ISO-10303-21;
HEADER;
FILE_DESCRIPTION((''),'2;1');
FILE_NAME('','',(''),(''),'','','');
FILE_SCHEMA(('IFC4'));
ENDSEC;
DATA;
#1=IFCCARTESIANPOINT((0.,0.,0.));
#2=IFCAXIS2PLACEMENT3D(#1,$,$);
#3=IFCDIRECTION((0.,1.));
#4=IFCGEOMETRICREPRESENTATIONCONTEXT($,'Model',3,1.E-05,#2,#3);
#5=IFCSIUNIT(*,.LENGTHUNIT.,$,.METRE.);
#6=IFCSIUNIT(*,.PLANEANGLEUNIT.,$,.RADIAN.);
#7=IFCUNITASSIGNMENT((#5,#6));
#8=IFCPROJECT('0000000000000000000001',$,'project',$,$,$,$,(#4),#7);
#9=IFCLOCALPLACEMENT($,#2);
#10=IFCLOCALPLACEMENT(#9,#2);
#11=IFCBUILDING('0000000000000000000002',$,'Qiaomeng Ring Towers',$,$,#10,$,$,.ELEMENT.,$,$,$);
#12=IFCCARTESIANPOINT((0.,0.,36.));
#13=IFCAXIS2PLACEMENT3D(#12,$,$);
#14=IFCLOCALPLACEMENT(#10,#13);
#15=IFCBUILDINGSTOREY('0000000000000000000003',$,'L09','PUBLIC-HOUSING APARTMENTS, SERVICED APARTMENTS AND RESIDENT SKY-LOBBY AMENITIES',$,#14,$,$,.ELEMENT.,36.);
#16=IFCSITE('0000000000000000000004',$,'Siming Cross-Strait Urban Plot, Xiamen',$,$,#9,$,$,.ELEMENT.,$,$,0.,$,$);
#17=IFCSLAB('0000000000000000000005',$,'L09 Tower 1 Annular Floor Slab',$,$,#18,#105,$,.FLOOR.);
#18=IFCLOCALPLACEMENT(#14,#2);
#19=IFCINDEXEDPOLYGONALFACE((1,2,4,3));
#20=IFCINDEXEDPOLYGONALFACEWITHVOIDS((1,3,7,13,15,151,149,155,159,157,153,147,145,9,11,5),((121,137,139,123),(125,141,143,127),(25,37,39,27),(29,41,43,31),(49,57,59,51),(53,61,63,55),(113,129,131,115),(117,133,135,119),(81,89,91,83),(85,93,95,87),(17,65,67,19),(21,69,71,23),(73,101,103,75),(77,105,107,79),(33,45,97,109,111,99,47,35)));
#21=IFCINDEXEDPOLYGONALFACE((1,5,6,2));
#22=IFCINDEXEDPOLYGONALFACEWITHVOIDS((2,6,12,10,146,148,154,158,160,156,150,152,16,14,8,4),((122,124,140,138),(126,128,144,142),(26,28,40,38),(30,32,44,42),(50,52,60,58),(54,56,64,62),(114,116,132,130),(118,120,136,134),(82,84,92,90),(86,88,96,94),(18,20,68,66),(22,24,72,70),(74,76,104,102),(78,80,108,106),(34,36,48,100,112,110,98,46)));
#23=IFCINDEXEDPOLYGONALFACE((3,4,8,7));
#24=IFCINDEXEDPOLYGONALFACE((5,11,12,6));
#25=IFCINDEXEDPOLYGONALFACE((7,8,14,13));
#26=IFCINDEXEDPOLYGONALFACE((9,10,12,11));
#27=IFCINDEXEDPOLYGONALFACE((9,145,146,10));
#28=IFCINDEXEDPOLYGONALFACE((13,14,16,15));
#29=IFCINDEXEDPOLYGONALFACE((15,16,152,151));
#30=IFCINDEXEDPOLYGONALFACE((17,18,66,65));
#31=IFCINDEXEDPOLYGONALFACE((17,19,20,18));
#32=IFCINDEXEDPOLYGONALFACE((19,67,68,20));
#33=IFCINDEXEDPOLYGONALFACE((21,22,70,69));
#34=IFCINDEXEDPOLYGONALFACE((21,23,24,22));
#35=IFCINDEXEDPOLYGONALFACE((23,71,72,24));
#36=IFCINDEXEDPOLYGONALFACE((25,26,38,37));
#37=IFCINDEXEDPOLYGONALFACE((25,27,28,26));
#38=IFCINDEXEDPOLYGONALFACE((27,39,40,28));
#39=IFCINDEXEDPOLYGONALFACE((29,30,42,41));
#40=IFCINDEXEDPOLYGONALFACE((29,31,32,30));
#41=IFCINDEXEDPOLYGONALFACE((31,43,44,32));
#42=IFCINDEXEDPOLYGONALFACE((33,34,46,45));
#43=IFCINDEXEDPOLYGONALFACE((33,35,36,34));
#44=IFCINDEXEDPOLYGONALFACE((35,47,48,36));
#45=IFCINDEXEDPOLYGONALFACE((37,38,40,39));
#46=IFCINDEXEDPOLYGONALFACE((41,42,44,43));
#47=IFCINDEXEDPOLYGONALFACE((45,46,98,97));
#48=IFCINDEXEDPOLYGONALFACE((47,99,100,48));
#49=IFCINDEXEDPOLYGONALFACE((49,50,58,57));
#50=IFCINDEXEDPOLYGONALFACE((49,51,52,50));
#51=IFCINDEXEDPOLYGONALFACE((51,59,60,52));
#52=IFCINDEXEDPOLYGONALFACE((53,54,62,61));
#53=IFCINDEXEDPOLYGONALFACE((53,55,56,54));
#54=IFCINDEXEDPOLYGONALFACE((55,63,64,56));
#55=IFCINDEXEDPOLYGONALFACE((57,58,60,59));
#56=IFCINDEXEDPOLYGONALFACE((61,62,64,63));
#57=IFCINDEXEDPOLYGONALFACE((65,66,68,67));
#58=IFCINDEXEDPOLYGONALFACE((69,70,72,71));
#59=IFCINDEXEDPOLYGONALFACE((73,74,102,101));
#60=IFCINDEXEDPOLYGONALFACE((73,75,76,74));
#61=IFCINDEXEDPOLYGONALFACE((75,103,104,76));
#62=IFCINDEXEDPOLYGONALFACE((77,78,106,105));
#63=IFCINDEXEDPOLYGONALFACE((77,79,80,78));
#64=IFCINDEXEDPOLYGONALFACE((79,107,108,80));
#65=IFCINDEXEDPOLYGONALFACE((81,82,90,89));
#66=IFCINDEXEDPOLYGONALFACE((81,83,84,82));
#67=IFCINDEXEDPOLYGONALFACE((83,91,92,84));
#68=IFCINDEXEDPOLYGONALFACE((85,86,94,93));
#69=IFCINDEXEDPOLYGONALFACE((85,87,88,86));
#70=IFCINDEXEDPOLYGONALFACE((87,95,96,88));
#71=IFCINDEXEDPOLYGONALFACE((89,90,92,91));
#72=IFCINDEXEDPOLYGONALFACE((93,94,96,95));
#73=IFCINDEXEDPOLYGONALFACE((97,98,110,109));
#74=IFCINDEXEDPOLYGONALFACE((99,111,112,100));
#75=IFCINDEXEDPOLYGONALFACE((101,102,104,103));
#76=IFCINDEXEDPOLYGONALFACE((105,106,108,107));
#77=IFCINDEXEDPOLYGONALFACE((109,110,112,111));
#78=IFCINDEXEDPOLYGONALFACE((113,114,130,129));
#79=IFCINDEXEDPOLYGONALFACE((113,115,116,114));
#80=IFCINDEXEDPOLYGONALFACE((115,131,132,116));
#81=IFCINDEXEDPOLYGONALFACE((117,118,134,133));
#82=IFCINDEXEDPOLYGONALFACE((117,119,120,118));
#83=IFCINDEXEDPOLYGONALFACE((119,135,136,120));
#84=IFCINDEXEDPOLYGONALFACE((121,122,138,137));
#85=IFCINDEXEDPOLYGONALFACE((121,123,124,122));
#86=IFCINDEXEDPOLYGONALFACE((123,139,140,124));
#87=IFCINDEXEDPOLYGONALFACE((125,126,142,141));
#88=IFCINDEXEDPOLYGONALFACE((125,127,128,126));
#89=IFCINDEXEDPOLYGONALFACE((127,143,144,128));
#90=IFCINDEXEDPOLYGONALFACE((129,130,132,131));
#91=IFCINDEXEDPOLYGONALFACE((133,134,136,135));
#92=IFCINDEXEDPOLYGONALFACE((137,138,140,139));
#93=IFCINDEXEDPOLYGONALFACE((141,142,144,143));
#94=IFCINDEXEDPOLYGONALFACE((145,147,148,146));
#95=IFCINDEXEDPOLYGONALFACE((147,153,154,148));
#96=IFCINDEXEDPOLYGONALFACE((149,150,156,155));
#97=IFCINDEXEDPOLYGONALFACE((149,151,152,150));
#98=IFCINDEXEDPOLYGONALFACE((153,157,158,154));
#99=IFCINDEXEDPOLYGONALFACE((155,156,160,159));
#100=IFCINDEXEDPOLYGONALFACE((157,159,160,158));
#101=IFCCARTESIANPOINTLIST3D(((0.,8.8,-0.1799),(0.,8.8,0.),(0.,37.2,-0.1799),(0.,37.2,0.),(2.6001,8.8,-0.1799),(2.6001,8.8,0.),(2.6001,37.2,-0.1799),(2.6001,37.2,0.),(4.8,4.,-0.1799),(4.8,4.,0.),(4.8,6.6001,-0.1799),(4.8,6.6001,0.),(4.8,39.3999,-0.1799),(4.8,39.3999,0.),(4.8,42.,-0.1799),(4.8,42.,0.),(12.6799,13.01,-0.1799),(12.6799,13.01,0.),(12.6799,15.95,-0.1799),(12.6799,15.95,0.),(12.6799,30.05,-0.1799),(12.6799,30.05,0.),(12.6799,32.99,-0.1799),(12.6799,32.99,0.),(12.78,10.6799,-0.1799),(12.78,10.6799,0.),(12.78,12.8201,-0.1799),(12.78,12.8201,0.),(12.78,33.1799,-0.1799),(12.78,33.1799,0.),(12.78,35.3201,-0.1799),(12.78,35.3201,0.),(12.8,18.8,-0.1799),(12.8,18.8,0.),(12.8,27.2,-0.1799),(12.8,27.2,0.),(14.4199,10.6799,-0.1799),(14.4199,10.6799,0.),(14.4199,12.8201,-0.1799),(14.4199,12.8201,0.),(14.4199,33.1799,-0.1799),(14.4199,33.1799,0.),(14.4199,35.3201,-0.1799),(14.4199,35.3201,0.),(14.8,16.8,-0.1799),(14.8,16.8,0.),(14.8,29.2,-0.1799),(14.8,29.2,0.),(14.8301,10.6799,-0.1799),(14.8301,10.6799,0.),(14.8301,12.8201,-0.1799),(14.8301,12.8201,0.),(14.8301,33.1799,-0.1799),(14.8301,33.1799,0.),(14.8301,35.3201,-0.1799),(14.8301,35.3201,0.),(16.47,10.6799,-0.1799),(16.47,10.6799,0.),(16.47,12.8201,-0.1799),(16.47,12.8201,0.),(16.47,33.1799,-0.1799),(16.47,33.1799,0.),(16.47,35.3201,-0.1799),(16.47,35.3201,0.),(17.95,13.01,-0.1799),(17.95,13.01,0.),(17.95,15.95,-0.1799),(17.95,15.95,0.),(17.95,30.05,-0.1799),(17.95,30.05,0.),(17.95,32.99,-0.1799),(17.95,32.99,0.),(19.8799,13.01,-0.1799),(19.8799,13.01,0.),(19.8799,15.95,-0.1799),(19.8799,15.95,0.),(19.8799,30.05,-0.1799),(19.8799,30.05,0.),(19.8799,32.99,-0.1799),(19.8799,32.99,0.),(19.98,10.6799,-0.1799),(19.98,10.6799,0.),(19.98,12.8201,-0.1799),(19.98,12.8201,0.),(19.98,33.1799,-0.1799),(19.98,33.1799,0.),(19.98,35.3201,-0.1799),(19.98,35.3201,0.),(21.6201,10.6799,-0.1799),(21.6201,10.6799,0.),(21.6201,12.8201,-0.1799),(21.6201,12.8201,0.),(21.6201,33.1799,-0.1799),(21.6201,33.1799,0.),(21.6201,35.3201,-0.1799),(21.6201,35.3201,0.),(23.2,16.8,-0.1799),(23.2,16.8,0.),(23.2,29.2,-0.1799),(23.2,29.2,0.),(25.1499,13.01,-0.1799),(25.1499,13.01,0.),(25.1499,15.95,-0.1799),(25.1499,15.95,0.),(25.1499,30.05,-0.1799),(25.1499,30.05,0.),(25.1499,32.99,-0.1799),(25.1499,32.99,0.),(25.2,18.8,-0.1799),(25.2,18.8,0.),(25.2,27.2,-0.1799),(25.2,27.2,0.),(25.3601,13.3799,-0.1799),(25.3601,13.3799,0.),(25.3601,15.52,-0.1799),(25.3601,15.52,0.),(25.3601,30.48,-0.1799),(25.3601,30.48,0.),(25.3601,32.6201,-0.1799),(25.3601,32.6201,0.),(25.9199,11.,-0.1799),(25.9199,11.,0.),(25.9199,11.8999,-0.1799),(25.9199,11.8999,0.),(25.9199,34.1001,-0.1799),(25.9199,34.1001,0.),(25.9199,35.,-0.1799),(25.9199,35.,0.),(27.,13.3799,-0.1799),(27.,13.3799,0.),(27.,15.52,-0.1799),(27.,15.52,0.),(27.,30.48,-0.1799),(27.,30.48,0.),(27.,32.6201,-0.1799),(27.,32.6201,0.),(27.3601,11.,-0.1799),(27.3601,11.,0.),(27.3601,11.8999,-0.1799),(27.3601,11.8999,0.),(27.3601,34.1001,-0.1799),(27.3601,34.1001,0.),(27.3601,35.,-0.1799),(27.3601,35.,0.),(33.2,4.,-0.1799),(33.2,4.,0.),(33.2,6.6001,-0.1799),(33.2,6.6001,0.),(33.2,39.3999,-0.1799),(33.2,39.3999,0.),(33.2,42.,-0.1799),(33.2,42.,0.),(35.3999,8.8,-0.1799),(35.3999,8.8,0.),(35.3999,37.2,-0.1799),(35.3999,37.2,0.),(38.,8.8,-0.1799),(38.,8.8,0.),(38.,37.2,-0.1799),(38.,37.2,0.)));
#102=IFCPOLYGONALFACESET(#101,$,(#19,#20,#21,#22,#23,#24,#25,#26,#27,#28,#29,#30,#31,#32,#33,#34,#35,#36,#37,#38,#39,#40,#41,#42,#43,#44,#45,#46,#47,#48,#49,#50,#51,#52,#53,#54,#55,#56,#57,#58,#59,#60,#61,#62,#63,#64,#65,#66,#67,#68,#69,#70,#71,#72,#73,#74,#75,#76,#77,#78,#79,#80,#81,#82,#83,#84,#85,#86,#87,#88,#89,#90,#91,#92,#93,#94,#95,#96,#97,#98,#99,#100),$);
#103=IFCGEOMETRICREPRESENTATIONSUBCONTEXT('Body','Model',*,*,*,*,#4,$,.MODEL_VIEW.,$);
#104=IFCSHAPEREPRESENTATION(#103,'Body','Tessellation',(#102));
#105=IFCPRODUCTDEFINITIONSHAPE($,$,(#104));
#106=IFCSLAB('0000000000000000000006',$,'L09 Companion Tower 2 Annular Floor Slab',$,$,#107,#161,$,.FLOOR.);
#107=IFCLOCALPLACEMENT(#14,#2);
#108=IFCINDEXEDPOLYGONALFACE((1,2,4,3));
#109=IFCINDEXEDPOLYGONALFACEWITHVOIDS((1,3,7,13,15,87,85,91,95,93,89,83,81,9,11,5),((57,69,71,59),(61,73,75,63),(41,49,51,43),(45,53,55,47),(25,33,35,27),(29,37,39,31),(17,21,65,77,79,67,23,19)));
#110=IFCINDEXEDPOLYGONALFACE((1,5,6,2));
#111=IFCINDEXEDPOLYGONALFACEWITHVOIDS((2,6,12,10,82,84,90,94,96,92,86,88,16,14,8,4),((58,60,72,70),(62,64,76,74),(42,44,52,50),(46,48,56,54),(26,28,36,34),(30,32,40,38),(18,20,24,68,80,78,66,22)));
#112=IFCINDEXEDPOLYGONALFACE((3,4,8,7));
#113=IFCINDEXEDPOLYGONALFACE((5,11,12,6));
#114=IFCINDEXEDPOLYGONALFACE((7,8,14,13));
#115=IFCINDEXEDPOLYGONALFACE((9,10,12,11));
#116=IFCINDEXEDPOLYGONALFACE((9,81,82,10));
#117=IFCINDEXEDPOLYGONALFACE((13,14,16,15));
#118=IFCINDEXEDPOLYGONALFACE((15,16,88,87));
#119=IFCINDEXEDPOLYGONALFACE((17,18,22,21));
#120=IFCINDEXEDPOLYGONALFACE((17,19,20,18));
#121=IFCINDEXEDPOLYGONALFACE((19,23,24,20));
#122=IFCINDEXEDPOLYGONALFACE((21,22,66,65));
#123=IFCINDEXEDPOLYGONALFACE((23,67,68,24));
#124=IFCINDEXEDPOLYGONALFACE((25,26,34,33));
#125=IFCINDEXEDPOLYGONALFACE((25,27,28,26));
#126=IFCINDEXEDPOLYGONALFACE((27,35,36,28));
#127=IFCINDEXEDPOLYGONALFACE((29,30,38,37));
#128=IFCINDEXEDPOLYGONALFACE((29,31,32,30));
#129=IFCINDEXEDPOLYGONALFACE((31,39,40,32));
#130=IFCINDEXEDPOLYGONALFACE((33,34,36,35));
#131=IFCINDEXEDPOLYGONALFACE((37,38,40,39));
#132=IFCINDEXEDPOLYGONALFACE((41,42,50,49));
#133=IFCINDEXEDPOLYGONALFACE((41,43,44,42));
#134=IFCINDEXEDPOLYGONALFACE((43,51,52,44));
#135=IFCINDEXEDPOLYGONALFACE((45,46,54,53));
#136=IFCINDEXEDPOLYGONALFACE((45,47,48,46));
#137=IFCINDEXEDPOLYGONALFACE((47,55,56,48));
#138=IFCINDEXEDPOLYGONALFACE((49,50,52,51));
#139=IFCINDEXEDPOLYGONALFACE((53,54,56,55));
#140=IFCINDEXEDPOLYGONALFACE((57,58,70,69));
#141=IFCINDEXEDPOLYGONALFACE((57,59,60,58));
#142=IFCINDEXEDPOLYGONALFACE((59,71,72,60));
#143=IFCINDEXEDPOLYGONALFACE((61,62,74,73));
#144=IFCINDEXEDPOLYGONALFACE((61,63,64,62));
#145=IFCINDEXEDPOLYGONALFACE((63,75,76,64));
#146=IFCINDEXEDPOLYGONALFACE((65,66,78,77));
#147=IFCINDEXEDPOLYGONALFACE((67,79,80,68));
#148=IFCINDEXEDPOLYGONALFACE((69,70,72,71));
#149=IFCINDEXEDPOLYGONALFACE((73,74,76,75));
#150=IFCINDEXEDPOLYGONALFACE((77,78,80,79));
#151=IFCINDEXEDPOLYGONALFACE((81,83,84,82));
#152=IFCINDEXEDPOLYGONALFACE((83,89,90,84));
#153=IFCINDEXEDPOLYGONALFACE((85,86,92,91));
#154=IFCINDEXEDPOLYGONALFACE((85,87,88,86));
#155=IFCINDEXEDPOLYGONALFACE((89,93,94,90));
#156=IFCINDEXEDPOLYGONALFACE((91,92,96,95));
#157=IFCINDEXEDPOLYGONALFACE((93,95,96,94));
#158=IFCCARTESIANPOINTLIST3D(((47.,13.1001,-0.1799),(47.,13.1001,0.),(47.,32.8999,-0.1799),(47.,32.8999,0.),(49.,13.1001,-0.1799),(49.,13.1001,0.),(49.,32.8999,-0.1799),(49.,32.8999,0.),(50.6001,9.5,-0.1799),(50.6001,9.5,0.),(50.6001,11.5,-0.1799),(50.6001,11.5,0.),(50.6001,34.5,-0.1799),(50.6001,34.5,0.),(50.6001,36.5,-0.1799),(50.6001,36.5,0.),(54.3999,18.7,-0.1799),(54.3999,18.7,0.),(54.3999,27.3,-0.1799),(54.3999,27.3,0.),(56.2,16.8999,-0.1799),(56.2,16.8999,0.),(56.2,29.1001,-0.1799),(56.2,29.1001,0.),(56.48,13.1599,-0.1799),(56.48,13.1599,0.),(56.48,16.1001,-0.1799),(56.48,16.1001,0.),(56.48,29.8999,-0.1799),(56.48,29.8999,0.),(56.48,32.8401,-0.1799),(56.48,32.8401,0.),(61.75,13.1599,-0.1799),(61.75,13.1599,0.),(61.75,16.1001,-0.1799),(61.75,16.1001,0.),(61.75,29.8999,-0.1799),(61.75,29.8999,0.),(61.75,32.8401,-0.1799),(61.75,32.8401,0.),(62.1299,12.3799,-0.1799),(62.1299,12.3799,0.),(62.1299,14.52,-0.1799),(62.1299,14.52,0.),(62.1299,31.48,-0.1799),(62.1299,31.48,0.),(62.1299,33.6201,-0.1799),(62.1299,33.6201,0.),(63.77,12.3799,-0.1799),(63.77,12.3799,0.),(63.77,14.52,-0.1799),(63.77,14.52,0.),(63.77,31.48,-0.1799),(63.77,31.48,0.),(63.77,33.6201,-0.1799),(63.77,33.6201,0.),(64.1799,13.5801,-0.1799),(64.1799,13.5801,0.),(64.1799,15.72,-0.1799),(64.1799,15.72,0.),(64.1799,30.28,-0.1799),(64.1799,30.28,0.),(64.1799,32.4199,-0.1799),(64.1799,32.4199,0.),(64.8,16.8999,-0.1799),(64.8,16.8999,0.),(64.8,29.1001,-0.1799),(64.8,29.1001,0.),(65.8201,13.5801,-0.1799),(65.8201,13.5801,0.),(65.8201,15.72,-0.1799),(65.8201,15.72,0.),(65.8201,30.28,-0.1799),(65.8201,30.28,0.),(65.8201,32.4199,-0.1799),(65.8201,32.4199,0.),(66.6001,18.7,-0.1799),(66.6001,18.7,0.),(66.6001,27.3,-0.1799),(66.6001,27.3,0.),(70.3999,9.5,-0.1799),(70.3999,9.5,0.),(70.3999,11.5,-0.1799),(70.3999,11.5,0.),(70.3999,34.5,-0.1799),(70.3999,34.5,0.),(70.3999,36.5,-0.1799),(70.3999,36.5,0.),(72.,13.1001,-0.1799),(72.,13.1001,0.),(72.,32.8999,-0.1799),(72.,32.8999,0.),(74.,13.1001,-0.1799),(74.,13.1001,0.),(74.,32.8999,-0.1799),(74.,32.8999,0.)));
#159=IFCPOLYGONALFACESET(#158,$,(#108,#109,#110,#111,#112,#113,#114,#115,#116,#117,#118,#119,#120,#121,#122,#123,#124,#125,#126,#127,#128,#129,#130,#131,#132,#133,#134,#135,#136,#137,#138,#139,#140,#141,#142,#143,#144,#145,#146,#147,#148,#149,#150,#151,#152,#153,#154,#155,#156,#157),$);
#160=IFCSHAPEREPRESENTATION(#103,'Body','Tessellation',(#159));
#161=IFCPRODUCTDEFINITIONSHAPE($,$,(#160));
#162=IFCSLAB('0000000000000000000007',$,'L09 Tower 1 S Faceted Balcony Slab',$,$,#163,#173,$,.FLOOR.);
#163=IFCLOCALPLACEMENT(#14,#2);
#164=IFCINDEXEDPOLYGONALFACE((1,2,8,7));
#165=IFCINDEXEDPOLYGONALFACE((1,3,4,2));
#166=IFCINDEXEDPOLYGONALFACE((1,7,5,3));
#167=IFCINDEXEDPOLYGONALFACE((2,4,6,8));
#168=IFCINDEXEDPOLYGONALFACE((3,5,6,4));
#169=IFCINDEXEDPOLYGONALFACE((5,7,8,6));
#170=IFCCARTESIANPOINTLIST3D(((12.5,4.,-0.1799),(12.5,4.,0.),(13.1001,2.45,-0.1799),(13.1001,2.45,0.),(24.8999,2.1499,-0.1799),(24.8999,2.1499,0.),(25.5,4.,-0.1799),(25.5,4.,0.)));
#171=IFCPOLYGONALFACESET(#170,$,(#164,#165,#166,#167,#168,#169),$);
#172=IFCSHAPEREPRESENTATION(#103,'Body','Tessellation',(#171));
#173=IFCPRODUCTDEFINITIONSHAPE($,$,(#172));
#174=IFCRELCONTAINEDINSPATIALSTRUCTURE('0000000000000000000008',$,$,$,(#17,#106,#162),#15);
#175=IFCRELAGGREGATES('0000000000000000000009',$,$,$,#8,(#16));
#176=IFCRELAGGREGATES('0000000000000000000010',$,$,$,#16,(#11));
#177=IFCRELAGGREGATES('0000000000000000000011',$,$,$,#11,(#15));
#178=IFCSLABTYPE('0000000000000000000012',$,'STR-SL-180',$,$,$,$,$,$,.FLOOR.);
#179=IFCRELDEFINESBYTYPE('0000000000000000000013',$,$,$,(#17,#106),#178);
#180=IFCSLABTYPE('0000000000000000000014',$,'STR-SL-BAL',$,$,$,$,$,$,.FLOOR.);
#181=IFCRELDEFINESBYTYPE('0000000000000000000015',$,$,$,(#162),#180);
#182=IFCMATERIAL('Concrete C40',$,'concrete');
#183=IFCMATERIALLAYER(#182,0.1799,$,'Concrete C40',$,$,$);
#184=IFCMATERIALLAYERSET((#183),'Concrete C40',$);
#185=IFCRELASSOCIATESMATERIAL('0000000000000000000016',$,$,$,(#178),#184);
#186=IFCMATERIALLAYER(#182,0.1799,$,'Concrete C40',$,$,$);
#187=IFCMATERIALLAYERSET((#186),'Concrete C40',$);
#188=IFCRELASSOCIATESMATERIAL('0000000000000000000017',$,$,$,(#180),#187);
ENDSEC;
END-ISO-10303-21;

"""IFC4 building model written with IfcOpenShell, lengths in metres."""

from ifc_helpers import new_model, si_unit, direction, frame, origin, place, context, subcontext, project, spatial, polyline, outline, extrude, material, layer, layer_set, type_object, element, save


model = new_model("IFC4")

# Units and contexts
model_context = context("Model", 3, precision=1e-05, world=origin(), true_north=direction((0.0, 1.0)))
body_context = subcontext(model_context, "Body", "Model", "MODEL_VIEW")
ifc_project = project(units=[si_unit("LENGTHUNIT", "METRE"), si_unit("PLANEANGLEUNIT", "RADIAN")], contexts=[model_context])

# Site, building, storey
site_placement = place(None, origin())
site = spatial("IfcSite", under=ifc_project, at=site_placement, Name="Siming Cross-Strait Urban Plot, Xiamen", CompositionType="ELEMENT", RefElevation=0.0)
building_placement = place(site_placement, origin())
building = spatial("IfcBuilding", under=site, at=building_placement, Name="Qiaomeng Ring Towers", CompositionType="ELEMENT")
storey_placement = place(building_placement, frame((0.0, 0.0, 36.0)))
storey = spatial("IfcBuildingStorey", under=building, at=storey_placement, Name="L09", Description="PUBLIC-HOUSING APARTMENTS, SERVICED APARTMENTS AND RESIDENT SKY-LOBBY AMENITIES", CompositionType="ELEMENT", Elevation=36.0)

# Slabs
ifc_material_1 = material(Name="Concrete C40", Category="concrete")
ifc_layer_1 = layer(ifc_material_1, 0.1799, Name="Concrete C40")
ifc_layer_set_1 = layer_set([ifc_layer_1], Name="Concrete C40")
slab_type_1 = type_object("IfcSlabType", Name="STR-SL-180", PredefinedType="FLOOR", material=ifc_layer_set_1)
slab_1_placement = place(storey_placement, frame((0.0, 0.0, -0.1799)))
element("IfcSlab", 1, at=slab_1_placement, inside=storey, type_object=slab_type_1, Name="L09 Tower 1 Annular Floor Slab", PredefinedType="FLOOR", context=body_context, shape_type="SweptSolid", body=[
    extrude(outline(polyline([(4.8, 4.0), (33.2, 4.0), (33.2, 6.6001), (35.3999, 8.8), (38.0, 8.8), (38.0, 37.2), (35.3999, 37.2), (33.2, 39.3999), (33.2, 42.0), (4.8, 42.0), (4.8, 39.3999), (2.6001, 37.2), (0.0, 37.2), (0.0, 8.8), (2.6001, 8.8), (4.8, 6.6001), (4.8, 4.0)]), holes=[polyline([(12.78, 10.6799), (12.78, 12.8201), (14.4199, 12.8201), (14.4199, 10.6799), (12.78, 10.6799)]), polyline([(14.8301, 12.8201), (16.47, 12.8201), (16.47, 10.6799), (14.8301, 10.6799), (14.8301, 12.8201)]), polyline([(12.6799, 15.95), (17.95, 15.95), (17.95, 13.01), (12.6799, 13.01), (12.6799, 15.95)]), polyline([(25.2, 27.2), (25.2, 18.8), (23.2, 16.8), (14.8, 16.8), (12.8, 18.8), (12.8, 27.2), (14.8, 29.2), (23.2, 29.2), (25.2, 27.2)]), polyline([(12.6799, 32.99), (17.95, 32.99), (17.95, 30.05), (12.6799, 30.05), (12.6799, 32.99)]), polyline([(12.78, 35.3201), (14.4199, 35.3201), (14.4199, 33.1799), (12.78, 33.1799), (12.78, 35.3201)]), polyline([(14.8301, 35.3201), (16.47, 35.3201), (16.47, 33.1799), (14.8301, 33.1799), (14.8301, 35.3201)]), polyline([(19.98, 35.3201), (21.6201, 35.3201), (21.6201, 33.1799), (19.98, 33.1799), (19.98, 35.3201)]), polyline([(25.9199, 11.8999), (27.3601, 11.8999), (27.3601, 11.0), (25.9199, 11.0), (25.9199, 11.8999)]), polyline([(19.98, 12.8201), (21.6201, 12.8201), (21.6201, 10.6799), (19.98, 10.6799), (19.98, 12.8201)]), polyline([(25.3601, 15.52), (27.0, 15.52), (27.0, 13.3799), (25.3601, 13.3799), (25.3601, 15.52)]), polyline([(19.8799, 15.95), (25.1499, 15.95), (25.1499, 13.01), (19.8799, 13.01), (19.8799, 15.95)]), polyline([(19.8799, 32.99), (25.1499, 32.99), (25.1499, 30.05), (19.8799, 30.05), (19.8799, 32.99)]), polyline([(25.3601, 32.6201), (27.0, 32.6201), (27.0, 30.48), (25.3601, 30.48), (25.3601, 32.6201)]), polyline([(25.9199, 35.0), (27.3601, 35.0), (27.3601, 34.1001), (25.9199, 34.1001), (25.9199, 35.0)])]), origin(), (0.0, 0.0, 1.0), 0.1799),
])
slab_2_placement = place(storey_placement, frame((0.0, 0.0, -0.1799)))
element("IfcSlab", 2, at=slab_2_placement, inside=storey, type_object=slab_type_1, Name="L09 Companion Tower 2 Annular Floor Slab", PredefinedType="FLOOR", context=body_context, shape_type="SweptSolid", body=[
    extrude(outline(polyline([(50.6001, 9.5), (70.3999, 9.5), (70.3999, 11.5), (72.0, 13.1001), (74.0, 13.1001), (74.0, 32.8999), (72.0, 32.8999), (70.3999, 34.5), (70.3999, 36.5), (50.6001, 36.5), (50.6001, 34.5), (49.0, 32.8999), (47.0, 32.8999), (47.0, 13.1001), (49.0, 13.1001), (50.6001, 11.5), (50.6001, 9.5)]), holes=[polyline([(62.1299, 12.3799), (62.1299, 14.52), (63.77, 14.52), (63.77, 12.3799), (62.1299, 12.3799)]), polyline([(56.48, 13.1599), (56.48, 16.1001), (61.75, 16.1001), (61.75, 13.1599), (56.48, 13.1599)]), polyline([(64.1799, 13.5801), (64.1799, 15.72), (65.8201, 15.72), (65.8201, 13.5801), (64.1799, 13.5801)]), polyline([(64.8, 29.1001), (66.6001, 27.3), (66.6001, 18.7), (64.8, 16.8999), (56.2, 16.8999), (54.3999, 18.7), (54.3999, 27.3), (56.2, 29.1001), (64.8, 29.1001)]), polyline([(64.1799, 30.28), (64.1799, 32.4199), (65.8201, 32.4199), (65.8201, 30.28), (64.1799, 30.28)]), polyline([(56.48, 32.8401), (61.75, 32.8401), (61.75, 29.8999), (56.48, 29.8999), (56.48, 32.8401)]), polyline([(62.1299, 33.6201), (63.77, 33.6201), (63.77, 31.48), (62.1299, 31.48), (62.1299, 33.6201)])]), origin(), (0.0, 0.0, 1.0), 0.1799),
])
ifc_layer_2 = layer(ifc_material_1, 0.1799, Name="Concrete C40")
ifc_layer_set_2 = layer_set([ifc_layer_2], Name="Concrete C40")
slab_type_2 = type_object("IfcSlabType", Name="STR-SL-BAL", PredefinedType="FLOOR", material=ifc_layer_set_2)
slab_3_placement = place(storey_placement, frame((0.0, 0.0, -0.1799)))
element("IfcSlab", 3, at=slab_3_placement, inside=storey, type_object=slab_type_2, Name="L09 Tower 1 S Faceted Balcony Slab", PredefinedType="FLOOR", context=body_context, shape_type="SweptSolid", body=[
    extrude(outline(polyline([(24.8999, 2.1499), (13.1001, 2.45), (12.5, 4.0), (25.5, 4.0), (24.8999, 2.1499)])), origin(), (0.0, 0.0, 1.0), 0.1799),
])

save(model, "model.ifc")
